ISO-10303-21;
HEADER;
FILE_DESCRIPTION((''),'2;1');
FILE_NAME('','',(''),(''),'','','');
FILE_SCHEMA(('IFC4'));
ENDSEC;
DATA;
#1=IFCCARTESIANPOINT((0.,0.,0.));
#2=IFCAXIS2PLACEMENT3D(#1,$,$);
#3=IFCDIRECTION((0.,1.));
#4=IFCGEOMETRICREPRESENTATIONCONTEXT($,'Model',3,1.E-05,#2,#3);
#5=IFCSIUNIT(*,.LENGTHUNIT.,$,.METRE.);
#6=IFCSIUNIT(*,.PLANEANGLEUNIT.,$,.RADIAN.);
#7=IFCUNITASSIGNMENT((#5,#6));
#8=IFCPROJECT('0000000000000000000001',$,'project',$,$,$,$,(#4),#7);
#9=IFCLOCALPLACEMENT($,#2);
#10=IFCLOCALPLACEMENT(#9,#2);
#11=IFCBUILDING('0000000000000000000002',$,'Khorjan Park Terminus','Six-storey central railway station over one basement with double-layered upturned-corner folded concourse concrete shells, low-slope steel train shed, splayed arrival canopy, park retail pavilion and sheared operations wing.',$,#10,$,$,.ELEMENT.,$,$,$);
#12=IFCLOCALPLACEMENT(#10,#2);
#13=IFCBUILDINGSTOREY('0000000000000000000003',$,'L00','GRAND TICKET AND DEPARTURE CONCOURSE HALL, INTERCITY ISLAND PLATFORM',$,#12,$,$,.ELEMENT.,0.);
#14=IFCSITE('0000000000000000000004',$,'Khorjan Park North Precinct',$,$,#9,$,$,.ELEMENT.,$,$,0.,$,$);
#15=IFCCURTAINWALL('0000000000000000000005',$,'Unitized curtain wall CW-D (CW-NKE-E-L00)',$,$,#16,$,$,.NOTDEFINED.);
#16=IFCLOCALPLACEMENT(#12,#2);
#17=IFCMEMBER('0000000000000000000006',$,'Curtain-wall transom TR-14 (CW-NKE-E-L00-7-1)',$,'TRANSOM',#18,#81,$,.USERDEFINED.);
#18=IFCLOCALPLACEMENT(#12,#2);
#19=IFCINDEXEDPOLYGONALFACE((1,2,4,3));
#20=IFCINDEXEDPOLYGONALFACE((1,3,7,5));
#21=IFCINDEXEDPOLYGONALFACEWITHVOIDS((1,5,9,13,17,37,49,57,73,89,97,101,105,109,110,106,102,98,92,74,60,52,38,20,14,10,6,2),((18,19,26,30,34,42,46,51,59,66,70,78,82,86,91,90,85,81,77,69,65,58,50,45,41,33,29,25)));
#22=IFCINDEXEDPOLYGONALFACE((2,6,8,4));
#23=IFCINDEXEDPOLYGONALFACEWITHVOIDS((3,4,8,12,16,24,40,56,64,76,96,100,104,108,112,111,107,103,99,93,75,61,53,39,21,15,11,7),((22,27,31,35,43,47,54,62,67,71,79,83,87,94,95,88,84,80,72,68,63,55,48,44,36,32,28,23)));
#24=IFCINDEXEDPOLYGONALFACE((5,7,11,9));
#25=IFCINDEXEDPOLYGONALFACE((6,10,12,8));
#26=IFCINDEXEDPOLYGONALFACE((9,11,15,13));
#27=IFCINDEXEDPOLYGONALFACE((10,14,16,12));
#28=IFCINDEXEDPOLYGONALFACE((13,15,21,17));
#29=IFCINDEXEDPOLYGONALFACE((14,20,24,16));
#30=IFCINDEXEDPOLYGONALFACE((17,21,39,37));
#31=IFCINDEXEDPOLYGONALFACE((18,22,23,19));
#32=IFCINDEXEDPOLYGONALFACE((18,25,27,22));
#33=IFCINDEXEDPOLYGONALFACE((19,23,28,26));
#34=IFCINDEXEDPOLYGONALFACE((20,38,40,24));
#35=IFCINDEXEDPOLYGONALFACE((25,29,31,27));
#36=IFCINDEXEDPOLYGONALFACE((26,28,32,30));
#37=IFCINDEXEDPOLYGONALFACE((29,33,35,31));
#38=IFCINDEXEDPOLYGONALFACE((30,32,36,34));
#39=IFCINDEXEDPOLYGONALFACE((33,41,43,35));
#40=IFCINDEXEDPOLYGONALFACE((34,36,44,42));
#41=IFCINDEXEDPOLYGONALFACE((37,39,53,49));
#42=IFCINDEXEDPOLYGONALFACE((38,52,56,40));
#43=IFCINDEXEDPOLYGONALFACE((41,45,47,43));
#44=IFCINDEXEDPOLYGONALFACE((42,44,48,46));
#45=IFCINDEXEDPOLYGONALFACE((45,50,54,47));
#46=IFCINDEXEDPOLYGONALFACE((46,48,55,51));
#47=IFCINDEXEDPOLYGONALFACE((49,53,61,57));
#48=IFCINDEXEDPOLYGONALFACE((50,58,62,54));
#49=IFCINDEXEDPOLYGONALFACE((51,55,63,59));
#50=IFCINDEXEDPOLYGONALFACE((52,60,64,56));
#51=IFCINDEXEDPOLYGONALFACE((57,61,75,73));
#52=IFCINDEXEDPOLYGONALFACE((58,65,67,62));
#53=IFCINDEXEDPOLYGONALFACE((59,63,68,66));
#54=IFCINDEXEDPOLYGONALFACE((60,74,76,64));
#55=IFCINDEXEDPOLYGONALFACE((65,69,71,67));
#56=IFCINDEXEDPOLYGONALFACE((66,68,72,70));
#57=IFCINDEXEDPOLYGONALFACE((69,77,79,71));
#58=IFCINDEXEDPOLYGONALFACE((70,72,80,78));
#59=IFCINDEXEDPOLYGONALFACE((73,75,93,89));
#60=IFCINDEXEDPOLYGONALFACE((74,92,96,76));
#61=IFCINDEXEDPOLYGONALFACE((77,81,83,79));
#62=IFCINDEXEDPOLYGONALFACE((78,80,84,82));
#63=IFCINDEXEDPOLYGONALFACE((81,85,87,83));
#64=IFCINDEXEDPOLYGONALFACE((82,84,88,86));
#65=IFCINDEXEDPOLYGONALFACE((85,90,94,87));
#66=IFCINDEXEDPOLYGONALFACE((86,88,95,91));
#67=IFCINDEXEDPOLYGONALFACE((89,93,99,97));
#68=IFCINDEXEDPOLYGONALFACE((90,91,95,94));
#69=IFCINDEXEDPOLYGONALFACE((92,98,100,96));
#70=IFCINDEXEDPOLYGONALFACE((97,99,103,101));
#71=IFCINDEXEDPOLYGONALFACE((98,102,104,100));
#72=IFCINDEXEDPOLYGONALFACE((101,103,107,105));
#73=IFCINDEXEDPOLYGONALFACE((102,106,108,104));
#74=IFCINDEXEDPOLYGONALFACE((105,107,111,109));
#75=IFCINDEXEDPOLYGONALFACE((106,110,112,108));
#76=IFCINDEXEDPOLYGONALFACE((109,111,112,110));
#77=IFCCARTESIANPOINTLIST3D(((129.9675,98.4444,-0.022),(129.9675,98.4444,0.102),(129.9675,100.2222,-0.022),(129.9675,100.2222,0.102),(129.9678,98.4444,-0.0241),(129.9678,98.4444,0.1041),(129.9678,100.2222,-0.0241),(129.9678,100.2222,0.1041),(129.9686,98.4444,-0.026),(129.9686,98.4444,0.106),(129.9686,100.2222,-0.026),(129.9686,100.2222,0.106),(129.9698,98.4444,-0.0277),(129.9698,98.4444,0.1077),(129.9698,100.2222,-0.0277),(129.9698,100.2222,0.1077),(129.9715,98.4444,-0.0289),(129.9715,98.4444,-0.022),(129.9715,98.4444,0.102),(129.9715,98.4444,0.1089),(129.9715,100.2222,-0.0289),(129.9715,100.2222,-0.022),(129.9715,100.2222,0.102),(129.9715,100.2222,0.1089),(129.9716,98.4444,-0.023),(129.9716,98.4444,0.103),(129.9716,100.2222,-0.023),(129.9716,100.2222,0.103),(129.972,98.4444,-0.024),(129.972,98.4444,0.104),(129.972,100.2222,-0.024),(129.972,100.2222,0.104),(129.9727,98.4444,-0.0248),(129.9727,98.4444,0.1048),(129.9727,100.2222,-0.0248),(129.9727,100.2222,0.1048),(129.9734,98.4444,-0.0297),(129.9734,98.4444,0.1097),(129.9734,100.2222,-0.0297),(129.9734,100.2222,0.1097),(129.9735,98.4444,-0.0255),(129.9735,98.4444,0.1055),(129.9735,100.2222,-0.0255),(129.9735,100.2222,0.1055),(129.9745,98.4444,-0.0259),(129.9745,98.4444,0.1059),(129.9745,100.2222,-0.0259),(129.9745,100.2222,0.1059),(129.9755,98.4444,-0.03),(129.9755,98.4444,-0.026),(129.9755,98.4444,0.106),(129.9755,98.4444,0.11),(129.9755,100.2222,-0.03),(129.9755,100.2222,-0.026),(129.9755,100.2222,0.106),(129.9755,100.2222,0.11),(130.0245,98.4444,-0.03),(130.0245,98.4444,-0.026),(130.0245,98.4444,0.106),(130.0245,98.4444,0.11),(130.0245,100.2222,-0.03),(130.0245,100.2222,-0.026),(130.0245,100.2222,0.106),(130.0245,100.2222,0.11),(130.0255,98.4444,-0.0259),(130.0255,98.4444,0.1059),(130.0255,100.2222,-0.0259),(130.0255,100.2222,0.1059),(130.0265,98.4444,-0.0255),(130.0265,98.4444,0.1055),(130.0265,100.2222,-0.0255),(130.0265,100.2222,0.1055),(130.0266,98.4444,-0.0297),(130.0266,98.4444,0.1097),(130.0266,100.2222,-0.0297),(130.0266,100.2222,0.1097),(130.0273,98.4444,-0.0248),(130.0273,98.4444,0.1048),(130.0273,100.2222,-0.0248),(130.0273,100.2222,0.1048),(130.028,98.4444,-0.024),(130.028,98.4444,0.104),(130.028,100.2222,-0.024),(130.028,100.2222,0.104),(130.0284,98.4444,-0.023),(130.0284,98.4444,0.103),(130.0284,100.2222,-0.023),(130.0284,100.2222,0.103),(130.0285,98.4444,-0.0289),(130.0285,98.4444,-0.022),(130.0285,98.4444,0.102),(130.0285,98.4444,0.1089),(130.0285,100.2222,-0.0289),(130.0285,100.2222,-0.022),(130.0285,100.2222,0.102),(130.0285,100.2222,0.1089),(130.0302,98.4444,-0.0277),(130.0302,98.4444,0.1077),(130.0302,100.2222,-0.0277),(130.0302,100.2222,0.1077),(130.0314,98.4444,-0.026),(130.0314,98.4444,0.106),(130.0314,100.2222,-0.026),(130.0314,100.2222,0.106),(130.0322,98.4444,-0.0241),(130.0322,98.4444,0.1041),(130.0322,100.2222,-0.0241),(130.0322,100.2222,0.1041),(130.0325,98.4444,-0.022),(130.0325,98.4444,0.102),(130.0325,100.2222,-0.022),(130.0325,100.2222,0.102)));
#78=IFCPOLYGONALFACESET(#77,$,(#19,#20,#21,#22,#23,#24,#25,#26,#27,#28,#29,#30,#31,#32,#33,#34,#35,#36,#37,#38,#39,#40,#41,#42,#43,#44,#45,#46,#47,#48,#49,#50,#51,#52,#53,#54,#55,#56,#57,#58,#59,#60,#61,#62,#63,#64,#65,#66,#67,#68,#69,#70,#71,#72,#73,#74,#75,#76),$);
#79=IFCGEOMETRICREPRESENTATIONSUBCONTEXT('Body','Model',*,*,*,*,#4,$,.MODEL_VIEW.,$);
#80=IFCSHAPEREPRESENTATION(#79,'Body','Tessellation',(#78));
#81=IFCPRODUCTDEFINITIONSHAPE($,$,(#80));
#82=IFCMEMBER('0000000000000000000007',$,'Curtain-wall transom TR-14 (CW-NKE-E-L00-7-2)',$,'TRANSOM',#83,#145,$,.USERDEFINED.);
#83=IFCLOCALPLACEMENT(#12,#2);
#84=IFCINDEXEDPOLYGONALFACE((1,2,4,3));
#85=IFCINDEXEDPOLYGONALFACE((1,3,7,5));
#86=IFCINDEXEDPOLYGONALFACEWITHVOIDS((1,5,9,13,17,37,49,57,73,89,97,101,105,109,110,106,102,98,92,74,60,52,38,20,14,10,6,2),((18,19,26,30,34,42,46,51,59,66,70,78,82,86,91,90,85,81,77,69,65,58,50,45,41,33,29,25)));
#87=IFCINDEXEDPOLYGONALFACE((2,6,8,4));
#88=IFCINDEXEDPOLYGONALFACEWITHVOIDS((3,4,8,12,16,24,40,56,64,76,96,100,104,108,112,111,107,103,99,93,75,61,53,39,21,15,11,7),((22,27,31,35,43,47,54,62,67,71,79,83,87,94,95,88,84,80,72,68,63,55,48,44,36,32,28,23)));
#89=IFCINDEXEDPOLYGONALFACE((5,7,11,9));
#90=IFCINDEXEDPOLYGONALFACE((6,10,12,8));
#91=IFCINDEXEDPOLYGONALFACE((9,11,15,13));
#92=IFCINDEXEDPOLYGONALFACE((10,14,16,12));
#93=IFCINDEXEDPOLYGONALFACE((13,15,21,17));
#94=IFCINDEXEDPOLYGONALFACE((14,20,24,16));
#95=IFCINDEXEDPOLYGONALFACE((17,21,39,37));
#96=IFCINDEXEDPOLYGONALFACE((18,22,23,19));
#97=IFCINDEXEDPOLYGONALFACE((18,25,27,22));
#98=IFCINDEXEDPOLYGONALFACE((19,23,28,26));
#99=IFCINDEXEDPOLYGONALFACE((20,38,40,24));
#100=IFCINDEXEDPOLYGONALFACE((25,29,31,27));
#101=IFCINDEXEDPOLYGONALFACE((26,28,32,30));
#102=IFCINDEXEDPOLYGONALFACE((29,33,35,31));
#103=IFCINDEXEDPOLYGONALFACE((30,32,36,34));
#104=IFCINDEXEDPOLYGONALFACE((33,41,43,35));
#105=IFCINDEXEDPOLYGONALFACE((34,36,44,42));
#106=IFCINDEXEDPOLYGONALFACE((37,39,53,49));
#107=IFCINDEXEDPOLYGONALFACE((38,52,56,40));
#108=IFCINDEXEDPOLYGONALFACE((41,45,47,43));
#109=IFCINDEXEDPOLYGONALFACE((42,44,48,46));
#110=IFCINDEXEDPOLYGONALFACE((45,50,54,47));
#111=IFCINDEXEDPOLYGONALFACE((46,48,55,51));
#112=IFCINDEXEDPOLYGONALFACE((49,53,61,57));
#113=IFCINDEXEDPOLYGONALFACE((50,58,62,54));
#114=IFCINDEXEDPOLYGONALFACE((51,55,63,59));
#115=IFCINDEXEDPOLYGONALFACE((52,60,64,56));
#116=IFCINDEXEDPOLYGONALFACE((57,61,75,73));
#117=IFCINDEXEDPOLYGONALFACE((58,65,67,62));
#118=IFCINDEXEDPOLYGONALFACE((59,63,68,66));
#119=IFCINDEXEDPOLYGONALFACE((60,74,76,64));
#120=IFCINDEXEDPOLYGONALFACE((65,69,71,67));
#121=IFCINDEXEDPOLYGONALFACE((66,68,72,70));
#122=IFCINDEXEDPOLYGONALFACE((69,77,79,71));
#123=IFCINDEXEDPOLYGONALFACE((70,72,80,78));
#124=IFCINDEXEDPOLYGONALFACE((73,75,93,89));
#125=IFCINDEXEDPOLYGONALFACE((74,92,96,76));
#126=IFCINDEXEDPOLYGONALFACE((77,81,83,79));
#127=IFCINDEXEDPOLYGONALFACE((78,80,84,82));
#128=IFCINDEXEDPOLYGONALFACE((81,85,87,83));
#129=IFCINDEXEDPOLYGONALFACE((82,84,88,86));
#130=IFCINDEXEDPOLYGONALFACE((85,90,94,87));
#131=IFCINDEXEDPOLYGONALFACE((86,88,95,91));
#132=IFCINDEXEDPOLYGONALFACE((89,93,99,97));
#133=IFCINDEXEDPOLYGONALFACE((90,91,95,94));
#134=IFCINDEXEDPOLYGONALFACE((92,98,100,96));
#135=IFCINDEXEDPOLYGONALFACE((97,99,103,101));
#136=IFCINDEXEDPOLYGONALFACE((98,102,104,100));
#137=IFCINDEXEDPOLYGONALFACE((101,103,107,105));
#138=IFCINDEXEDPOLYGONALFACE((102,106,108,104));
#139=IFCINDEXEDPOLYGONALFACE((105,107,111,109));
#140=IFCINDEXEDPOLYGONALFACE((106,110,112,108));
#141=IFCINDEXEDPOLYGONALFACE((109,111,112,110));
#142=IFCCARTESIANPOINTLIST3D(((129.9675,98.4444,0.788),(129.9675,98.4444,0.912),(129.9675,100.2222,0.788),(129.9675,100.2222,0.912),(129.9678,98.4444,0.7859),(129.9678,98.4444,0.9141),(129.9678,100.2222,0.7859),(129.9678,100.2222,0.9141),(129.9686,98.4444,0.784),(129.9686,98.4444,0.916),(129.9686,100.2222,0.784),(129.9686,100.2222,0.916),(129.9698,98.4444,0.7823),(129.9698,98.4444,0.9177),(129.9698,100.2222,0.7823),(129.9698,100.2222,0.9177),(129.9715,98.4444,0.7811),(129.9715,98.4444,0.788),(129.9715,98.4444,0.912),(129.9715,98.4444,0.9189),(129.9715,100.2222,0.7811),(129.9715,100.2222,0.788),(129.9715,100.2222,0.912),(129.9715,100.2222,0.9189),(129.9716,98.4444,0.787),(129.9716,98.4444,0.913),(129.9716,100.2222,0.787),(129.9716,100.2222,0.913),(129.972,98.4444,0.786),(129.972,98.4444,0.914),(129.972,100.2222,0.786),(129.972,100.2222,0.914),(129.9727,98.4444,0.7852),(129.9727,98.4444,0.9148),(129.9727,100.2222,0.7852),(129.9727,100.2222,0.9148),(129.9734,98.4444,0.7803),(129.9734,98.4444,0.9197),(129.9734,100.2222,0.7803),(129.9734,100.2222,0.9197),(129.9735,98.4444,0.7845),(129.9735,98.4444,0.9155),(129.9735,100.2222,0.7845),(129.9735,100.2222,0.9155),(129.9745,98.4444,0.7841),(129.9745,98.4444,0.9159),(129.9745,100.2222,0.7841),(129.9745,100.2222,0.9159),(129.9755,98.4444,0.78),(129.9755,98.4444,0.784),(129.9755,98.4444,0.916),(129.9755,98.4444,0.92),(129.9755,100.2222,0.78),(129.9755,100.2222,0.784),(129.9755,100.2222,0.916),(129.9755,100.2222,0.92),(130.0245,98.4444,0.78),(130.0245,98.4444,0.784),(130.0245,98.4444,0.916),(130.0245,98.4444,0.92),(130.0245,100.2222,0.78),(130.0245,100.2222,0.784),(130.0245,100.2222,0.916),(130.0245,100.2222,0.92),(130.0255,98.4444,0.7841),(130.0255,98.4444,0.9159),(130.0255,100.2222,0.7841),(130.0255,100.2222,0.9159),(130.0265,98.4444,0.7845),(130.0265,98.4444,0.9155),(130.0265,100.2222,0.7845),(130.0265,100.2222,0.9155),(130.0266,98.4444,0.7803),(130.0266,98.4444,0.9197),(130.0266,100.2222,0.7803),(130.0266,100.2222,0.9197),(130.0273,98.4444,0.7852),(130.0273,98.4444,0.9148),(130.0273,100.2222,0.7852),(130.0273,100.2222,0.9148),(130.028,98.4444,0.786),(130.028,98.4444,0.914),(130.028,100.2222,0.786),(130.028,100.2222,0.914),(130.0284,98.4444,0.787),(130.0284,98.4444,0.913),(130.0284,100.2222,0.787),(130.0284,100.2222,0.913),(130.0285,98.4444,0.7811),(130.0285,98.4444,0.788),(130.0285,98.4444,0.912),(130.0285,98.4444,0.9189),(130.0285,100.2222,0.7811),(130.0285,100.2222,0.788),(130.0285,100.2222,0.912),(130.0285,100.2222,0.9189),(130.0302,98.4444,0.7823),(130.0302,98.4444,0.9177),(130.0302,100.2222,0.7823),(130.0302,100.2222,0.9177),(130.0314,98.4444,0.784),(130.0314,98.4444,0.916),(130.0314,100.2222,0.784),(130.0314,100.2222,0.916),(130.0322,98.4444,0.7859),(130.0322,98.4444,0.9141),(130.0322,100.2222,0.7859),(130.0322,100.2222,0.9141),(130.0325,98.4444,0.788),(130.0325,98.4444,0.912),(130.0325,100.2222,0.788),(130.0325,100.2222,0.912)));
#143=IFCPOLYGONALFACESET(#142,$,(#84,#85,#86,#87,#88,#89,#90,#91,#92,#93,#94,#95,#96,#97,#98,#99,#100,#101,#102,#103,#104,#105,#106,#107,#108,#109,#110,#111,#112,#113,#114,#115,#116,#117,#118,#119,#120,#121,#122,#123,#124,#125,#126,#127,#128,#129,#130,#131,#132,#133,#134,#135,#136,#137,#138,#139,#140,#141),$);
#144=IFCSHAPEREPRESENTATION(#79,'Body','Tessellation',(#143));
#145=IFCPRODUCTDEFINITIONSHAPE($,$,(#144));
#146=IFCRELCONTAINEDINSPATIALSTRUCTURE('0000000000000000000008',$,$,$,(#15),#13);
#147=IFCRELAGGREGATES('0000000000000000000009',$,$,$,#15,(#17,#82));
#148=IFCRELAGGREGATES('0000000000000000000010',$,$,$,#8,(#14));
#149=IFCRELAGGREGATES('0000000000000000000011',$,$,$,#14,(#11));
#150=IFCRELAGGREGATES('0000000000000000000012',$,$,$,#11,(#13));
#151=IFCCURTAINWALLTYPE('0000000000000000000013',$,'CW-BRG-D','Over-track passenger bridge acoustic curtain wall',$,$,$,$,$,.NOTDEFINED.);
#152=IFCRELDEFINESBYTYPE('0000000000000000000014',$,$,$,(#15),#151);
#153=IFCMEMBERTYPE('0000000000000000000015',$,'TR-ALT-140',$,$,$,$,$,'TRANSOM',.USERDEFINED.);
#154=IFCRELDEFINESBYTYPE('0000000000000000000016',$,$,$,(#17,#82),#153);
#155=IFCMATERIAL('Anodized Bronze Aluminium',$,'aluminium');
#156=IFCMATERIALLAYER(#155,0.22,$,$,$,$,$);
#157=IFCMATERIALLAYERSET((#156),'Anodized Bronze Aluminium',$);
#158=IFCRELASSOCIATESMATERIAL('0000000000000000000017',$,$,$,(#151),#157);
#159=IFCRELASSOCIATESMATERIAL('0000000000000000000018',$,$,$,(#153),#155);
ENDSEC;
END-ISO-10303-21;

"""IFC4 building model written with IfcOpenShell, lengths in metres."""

from ifc_helpers import new_model, si_unit, direction, frame, origin, origin_2d, place, context, subcontext, project, spatial, hollow_rectangle, extrude, material, layer, layer_set, material_profile, profile_set, type_object, element, aggregate, save


model = new_model("IFC4")

# Units and contexts
model_context = context("Model", 3, precision=1e-05, world=origin(), true_north=direction((0.0, 1.0)))
body_context = subcontext(model_context, "Body", "Model", "MODEL_VIEW")
ifc_project = project(units=[si_unit("LENGTHUNIT", "METRE"), si_unit("PLANEANGLEUNIT", "RADIAN")], contexts=[model_context])

# Site, building, storey
site_placement = place(None, origin())
site = spatial("IfcSite", under=ifc_project, at=site_placement, Name="Khorjan Park North Precinct", CompositionType="ELEMENT", RefElevation=0.0)
building_placement = place(site_placement, origin())
building = spatial("IfcBuilding", under=site, at=building_placement, Name="Khorjan Park Terminus", Description="Six-storey central railway station over one basement with double-layered upturned-corner folded concourse concrete shells, low-slope steel train shed, splayed arrival canopy, park retail pavilion and sheared operations wing.", CompositionType="ELEMENT")
storey_placement = place(building_placement, origin())
storey = spatial("IfcBuildingStorey", under=building, at=storey_placement, Name="L00", Description="GRAND TICKET AND DEPARTURE CONCOURSE HALL, INTERCITY ISLAND PLATFORM", CompositionType="ELEMENT", Elevation=0.0)

# Curtain wall, members
ifc_material_1 = material(Name="Anodized Bronze Aluminium", Category="aluminium")
ifc_layer_1 = layer(ifc_material_1, 0.22)
ifc_layer_set_1 = layer_set([ifc_layer_1], Name="Anodized Bronze Aluminium")
curtain_wall_type = type_object("IfcCurtainWallType", Name="CW-BRG-D", Description="Over-track passenger bridge acoustic curtain wall", PredefinedType="NOTDEFINED", material=ifc_layer_set_1)
curtain_wall_placement = place(storey_placement, origin())
curtain_wall = element("IfcCurtainWall", 1, at=curtain_wall_placement, inside=storey, type_object=curtain_wall_type, Name="Unitized curtain wall CW-D (CW-NKE-E-L00)", PredefinedType="NOTDEFINED")
ifc_material_profile_1 = material_profile(ifc_material_1, hollow_rectangle(XDim=0.065, YDim=0.14, WallThickness=0.004, InnerFilletRadius=0.004, OuterFilletRadius=0.008, at=origin_2d()), Name="ALT 65x140x4")
ifc_profile_set_1 = profile_set([ifc_material_profile_1], Name="Anodized Bronze Aluminium")
member_type_1 = type_object("IfcMemberType", Name="TR-ALT-140", ElementType="TRANSOM", PredefinedType="USERDEFINED", material=ifc_profile_set_1)
member_1_placement = place(storey_placement, frame((130.0, 98.4444, 0.04), z_axis=(0.0, 1.0, 0.0), x_axis=(-1.0, 0.0, 0.0)))
member_1 = element("IfcMember", 2, at=member_1_placement, type_object=member_type_1, Name="Curtain-wall transom TR-14 (CW-NKE-E-L00-7-1)", ObjectType="TRANSOM", PredefinedType="USERDEFINED", context=body_context, shape_type="SweptSolid", body=[
    extrude(hollow_rectangle(XDim=0.065, YDim=0.14, WallThickness=0.004, InnerFilletRadius=0.004, OuterFilletRadius=0.008, at=origin_2d()), origin(), (0.0, 0.0, 1.0), 1.7778),
])
member_2_placement = place(storey_placement, frame((130.0, 98.4444, 0.85), z_axis=(0.0, 1.0, 0.0), x_axis=(-1.0, 0.0, 0.0)))
member_2 = element("IfcMember", 3, at=member_2_placement, type_object=member_type_1, Name="Curtain-wall transom TR-14 (CW-NKE-E-L00-7-2)", ObjectType="TRANSOM", PredefinedType="USERDEFINED", context=body_context, shape_type="SweptSolid", body=[
    extrude(hollow_rectangle(XDim=0.065, YDim=0.14, WallThickness=0.004, InnerFilletRadius=0.004, OuterFilletRadius=0.008, at=origin_2d()), origin(), (0.0, 0.0, 1.0), 1.7778),
])
aggregate(curtain_wall, [member_1, member_2])

save(model, "model.ifc")
